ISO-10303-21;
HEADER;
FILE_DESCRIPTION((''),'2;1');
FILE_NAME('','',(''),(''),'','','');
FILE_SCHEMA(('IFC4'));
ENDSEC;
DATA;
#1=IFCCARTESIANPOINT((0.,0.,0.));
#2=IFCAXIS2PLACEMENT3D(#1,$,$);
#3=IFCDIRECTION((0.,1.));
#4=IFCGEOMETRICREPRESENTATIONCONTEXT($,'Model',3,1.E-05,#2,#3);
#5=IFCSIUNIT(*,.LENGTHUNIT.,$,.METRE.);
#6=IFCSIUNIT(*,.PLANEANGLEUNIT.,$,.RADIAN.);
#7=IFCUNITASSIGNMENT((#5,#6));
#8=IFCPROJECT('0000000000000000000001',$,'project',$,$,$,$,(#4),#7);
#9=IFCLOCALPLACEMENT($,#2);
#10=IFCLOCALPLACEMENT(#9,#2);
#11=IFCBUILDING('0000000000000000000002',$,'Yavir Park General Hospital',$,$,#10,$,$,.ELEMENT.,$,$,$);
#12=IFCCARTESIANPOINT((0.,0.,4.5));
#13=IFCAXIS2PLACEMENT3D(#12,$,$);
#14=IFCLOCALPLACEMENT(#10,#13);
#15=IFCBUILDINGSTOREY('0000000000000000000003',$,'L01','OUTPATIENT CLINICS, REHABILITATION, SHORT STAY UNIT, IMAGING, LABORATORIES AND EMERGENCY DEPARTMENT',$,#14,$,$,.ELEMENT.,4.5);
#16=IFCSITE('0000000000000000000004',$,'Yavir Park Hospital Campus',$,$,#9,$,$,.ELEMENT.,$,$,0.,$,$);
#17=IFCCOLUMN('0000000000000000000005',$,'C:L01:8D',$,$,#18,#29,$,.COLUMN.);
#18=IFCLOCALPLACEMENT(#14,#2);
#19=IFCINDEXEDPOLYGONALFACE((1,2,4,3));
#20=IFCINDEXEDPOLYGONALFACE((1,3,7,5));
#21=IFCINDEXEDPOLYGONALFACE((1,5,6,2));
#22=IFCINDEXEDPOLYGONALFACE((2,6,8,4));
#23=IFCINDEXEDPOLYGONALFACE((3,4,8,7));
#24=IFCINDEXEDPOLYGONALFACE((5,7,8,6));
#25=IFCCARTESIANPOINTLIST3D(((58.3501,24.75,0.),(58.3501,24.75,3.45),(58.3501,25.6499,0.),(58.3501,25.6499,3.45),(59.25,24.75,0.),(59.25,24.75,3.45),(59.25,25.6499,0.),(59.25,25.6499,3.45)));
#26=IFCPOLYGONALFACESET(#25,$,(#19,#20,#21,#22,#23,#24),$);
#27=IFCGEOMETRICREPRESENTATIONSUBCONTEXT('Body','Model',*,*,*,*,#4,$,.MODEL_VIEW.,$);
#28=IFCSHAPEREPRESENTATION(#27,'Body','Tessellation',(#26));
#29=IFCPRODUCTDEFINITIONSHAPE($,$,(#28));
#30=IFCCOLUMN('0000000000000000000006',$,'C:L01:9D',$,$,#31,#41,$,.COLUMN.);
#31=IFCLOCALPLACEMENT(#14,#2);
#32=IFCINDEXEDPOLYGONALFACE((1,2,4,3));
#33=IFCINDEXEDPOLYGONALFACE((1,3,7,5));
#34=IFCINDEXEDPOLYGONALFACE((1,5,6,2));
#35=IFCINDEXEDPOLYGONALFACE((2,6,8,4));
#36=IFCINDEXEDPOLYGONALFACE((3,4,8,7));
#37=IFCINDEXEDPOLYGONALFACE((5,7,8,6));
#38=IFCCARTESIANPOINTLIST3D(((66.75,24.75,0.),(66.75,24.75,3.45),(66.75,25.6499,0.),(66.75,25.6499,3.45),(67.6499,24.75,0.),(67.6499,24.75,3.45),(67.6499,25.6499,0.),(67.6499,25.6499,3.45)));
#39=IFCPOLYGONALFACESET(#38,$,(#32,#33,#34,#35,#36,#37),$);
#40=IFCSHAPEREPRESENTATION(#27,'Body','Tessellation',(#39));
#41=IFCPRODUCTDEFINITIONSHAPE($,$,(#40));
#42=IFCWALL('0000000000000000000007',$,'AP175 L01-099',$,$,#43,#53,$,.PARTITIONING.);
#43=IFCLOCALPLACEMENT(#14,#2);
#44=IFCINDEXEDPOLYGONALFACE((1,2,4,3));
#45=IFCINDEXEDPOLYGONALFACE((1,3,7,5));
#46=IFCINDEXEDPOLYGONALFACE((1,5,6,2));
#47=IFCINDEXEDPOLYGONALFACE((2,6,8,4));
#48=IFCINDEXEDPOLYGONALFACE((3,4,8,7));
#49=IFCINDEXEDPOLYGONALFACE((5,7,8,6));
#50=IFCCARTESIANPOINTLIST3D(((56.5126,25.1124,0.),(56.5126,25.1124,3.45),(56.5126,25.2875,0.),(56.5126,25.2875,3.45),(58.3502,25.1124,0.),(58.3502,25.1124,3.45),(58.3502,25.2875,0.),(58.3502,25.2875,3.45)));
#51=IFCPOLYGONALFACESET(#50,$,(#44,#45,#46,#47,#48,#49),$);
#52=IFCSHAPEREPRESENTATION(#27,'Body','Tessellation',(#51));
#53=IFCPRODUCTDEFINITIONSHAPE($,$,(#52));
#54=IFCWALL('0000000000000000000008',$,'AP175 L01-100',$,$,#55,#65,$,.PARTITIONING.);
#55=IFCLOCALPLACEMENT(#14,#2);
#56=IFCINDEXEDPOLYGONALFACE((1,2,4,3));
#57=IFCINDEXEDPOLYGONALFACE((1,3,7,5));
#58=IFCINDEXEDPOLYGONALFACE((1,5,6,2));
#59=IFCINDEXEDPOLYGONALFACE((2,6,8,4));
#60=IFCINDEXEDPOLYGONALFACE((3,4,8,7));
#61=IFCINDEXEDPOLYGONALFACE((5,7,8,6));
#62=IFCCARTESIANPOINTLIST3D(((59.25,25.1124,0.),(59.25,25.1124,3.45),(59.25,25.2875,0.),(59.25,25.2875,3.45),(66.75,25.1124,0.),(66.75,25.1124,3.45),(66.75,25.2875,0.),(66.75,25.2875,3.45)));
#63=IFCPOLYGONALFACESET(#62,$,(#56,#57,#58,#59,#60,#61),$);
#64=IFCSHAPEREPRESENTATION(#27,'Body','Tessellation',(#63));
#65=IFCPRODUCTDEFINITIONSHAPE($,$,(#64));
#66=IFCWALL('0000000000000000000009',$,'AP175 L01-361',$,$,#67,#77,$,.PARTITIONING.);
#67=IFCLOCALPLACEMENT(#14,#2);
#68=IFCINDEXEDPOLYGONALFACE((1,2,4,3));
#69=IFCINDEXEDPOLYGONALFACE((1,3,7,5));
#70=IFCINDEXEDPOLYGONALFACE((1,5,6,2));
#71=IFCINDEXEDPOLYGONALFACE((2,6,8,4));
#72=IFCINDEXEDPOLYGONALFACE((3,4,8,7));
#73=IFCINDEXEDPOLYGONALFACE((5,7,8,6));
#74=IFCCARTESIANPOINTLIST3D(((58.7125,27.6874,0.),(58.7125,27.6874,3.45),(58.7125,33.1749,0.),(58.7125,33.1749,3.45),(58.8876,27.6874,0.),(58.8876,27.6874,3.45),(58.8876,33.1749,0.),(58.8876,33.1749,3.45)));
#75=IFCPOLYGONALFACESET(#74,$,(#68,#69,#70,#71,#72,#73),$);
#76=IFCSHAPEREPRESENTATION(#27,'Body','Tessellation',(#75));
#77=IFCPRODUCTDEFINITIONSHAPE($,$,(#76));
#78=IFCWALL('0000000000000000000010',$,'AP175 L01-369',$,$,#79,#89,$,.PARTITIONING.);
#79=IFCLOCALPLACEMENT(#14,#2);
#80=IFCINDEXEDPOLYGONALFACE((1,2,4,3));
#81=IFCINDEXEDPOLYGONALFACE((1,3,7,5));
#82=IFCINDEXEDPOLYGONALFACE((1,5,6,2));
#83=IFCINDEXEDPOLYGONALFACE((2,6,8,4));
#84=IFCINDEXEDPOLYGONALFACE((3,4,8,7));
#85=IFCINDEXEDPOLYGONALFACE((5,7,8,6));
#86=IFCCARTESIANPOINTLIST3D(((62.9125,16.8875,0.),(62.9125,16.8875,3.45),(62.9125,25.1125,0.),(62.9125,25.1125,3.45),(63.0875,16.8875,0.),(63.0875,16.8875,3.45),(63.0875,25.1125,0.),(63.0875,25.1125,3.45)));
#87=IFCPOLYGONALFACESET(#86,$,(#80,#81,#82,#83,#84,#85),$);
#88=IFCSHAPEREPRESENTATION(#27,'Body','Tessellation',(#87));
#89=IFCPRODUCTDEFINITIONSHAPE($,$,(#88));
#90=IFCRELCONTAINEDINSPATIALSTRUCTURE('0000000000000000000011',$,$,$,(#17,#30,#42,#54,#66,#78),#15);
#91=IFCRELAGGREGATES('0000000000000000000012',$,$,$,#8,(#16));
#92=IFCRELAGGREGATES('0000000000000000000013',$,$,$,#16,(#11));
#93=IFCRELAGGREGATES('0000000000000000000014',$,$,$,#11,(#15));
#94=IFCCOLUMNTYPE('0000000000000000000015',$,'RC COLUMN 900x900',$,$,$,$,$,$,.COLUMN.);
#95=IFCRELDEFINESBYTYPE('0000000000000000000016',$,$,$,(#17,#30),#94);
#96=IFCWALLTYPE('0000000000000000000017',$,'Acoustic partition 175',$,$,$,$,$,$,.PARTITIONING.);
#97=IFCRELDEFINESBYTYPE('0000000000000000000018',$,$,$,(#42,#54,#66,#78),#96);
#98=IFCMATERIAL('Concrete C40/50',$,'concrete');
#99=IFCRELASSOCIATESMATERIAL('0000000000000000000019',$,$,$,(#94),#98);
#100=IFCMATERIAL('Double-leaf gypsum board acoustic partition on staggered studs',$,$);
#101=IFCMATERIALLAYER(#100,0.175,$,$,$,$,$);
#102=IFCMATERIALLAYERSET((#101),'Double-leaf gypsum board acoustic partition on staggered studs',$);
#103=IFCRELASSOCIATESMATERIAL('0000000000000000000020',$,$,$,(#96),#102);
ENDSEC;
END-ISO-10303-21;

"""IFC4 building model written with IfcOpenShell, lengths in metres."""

from ifc_helpers import new_model, si_unit, direction, frame, frame_2d, origin, origin_2d, place, context, subcontext, project, spatial, rectangle, extrude, material, layer, layer_set, material_profile, profile_set, type_object, element, save


model = new_model("IFC4")

# Units and contexts
model_context = context("Model", 3, precision=1e-05, world=origin(), true_north=direction((0.0, 1.0)))
body_context = subcontext(model_context, "Body", "Model", "MODEL_VIEW")
ifc_project = project(units=[si_unit("LENGTHUNIT", "METRE"), si_unit("PLANEANGLEUNIT", "RADIAN")], contexts=[model_context])

# Site, building, storey
site_placement = place(None, origin())
site = spatial("IfcSite", under=ifc_project, at=site_placement, Name="Yavir Park Hospital Campus", CompositionType="ELEMENT", RefElevation=0.0)
building_placement = place(site_placement, origin())
building = spatial("IfcBuilding", under=site, at=building_placement, Name="Yavir Park General Hospital", CompositionType="ELEMENT")
storey_placement = place(building_placement, frame((0.0, 0.0, 4.5)))
storey = spatial("IfcBuildingStorey", under=building, at=storey_placement, Name="L01", Description="OUTPATIENT CLINICS, REHABILITATION, SHORT STAY UNIT, IMAGING, LABORATORIES AND EMERGENCY DEPARTMENT", CompositionType="ELEMENT", Elevation=4.5)

# Columns
ifc_material_1 = material(Name="Concrete C40/50", Category="concrete")
ifc_material_profile = material_profile(ifc_material_1, rectangle(XDim=0.8999, YDim=0.8999, at=origin_2d()), Name="RC900x900")
ifc_profile_set = profile_set([ifc_material_profile], Name="Concrete C40/50")
column_type = type_object("IfcColumnType", Name="RC COLUMN 900x900", PredefinedType="COLUMN", material=ifc_profile_set)
for number, where, z_axis, x_axis, name in (
    (1, (58.8, 25.2, 0.0), (0.0, 0.0, 1.0), (1.0, 0.0, 0.0), "C:L01:8D"),
    (2, (67.2, 25.2, 0.0), (0.0, 0.0, 1.0), (1.0, 0.0, 0.0), "C:L01:9D"),
):
    element("IfcColumn", number, at=place(storey_placement, frame(where, z_axis=z_axis, x_axis=x_axis)), inside=storey, type_object=column_type, Name=name, PredefinedType="COLUMN", context=body_context, shape_type="SweptSolid", body=[
        extrude(rectangle(XDim=0.8999, YDim=0.8999, at=origin_2d()), origin(), (0.0, 0.0, 1.0), 3.45),
    ])

# Walls
ifc_material_2 = material(Name="Double-leaf gypsum board acoustic partition on staggered studs")
ifc_layer = layer(ifc_material_2, 0.175)
ifc_layer_set = layer_set([ifc_layer], Name="Double-leaf gypsum board acoustic partition on staggered studs")
wall_type = type_object("IfcWallType", Name="Acoustic partition 175", PredefinedType="PARTITIONING", material=ifc_layer_set)
wall_1_placement = place(storey_placement, frame((56.5125, 25.2, 0.0), z_axis=(0.0, 0.0, 1.0), x_axis=(1.0, 0.0, 0.0)))
element("IfcWall", 3, at=wall_1_placement, inside=storey, type_object=wall_type, Name="AP175 L01-099", PredefinedType="PARTITIONING", context=body_context, shape_type="SweptSolid", body=[
    extrude(rectangle(XDim=1.8376, YDim=0.175, at=frame_2d((0.9189, 0.0))), origin(), (0.0, 0.0, 1.0), 3.45),
])
wall_2_placement = place(storey_placement, frame((59.25, 25.2, 0.0), z_axis=(0.0, 0.0, 1.0), x_axis=(1.0, 0.0, 0.0)))
element("IfcWall", 4, at=wall_2_placement, inside=storey, type_object=wall_type, Name="AP175 L01-100", PredefinedType="PARTITIONING", context=body_context, shape_type="SweptSolid", body=[
    extrude(rectangle(XDim=7.5, YDim=0.175, at=frame_2d((3.75, 0.0))), origin(), (0.0, 0.0, 1.0), 3.45),
])

# Walls
wall_3_placement = place(storey_placement, frame((58.8, 27.6875, 0.0), z_axis=(0.0, 0.0, 1.0), x_axis=(0.0, 1.0, 0.0)))
element("IfcWall", 5, at=wall_3_placement, inside=storey, type_object=wall_type, Name="AP175 L01-361", PredefinedType="PARTITIONING", context=body_context, shape_type="SweptSolid", body=[
    extrude(rectangle(XDim=5.4875, YDim=0.175, at=frame_2d((2.7437, 0.0))), origin(), (0.0, 0.0, 1.0), 3.45),
])
wall_4_placement = place(storey_placement, frame((63.0, 16.8875, 0.0), z_axis=(0.0, 0.0, 1.0), x_axis=(0.0, 1.0, 0.0)))
element("IfcWall", 6, at=wall_4_placement, inside=storey, type_object=wall_type, Name="AP175 L01-369", PredefinedType="PARTITIONING", context=body_context, shape_type="SweptSolid", body=[
    extrude(rectangle(XDim=8.2251, YDim=0.175, at=frame_2d((4.1125, 0.0))), origin(), (0.0, 0.0, 1.0), 3.45),
])

save(model, "model.ifc")
